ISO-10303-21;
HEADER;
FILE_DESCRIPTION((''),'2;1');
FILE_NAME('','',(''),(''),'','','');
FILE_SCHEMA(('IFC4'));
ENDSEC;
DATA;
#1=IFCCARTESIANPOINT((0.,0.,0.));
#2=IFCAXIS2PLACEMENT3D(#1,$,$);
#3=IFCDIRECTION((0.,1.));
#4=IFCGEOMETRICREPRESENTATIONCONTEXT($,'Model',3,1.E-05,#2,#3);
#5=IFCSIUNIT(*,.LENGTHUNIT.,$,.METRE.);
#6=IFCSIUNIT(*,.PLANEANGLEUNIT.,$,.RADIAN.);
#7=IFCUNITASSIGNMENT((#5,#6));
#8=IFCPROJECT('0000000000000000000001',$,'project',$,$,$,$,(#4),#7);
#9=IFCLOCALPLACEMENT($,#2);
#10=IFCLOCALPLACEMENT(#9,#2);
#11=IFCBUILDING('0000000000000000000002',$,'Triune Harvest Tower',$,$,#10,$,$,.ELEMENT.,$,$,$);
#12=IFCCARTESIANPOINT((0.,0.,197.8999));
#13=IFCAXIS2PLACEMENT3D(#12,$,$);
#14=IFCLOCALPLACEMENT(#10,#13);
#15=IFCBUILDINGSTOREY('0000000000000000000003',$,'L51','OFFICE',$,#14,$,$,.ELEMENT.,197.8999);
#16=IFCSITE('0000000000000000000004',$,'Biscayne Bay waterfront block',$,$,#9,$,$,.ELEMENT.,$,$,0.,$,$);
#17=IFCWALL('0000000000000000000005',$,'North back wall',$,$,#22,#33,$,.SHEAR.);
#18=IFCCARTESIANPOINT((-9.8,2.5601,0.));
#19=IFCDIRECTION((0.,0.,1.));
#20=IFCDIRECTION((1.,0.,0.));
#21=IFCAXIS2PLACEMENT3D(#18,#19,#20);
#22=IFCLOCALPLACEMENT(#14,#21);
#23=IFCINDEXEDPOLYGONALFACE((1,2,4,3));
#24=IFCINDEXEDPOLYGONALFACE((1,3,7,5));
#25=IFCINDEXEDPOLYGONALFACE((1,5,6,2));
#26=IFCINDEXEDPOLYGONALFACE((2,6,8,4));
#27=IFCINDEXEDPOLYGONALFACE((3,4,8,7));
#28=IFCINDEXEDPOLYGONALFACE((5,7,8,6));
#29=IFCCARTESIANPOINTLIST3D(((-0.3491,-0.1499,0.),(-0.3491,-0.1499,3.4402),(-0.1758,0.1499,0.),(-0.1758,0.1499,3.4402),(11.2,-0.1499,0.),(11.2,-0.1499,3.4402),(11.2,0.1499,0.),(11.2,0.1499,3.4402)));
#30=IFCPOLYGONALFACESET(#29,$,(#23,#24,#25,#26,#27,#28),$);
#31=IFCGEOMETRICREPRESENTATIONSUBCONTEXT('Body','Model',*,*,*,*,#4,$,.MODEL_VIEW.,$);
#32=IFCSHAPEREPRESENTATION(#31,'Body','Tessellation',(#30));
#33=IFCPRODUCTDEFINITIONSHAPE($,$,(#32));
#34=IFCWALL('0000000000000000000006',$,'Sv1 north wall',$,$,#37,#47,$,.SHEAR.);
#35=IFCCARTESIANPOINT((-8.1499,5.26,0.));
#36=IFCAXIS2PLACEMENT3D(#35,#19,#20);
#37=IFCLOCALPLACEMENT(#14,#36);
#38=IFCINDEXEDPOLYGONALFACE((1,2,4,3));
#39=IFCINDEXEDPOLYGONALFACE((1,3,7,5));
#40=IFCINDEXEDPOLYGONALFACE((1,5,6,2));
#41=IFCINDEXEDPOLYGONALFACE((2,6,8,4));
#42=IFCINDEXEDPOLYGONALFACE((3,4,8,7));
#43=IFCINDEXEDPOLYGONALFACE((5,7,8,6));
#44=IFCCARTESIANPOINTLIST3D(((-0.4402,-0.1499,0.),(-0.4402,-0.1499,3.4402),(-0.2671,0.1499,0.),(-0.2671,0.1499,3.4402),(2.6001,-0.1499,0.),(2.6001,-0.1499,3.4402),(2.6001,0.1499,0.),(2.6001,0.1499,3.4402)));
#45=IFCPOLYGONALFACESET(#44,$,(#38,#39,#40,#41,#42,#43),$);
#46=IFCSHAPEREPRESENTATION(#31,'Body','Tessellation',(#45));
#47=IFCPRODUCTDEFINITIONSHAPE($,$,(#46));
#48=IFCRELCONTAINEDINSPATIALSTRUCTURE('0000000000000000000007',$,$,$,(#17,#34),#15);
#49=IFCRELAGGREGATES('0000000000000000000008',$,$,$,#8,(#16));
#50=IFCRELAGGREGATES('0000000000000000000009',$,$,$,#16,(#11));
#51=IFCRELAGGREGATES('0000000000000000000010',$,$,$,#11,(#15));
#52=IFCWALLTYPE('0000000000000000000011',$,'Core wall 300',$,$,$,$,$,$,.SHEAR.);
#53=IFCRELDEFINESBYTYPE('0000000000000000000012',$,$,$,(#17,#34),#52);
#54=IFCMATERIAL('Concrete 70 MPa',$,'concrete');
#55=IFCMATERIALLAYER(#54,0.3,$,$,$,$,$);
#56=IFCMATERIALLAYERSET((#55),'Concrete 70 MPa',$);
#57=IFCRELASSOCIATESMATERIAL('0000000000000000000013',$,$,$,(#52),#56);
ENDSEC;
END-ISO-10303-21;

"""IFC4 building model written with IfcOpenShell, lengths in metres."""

from ifc_helpers import new_model, si_unit, direction, frame, origin, place, context, subcontext, project, spatial, polyline, outline, extrude, source, transform, mapped, material, layer, layer_set, type_object, element, save


model = new_model("IFC4")

# Units and contexts
model_context = context("Model", 3, precision=1e-05, world=origin(), true_north=direction((0.0, 1.0)))
body_context = subcontext(model_context, "Body", "Model", "MODEL_VIEW")
ifc_project = project(units=[si_unit("LENGTHUNIT", "METRE"), si_unit("PLANEANGLEUNIT", "RADIAN")], contexts=[model_context])

# Site, building, storey
site_placement = place(None, origin())
site = spatial("IfcSite", under=ifc_project, at=site_placement, Name="Biscayne Bay waterfront block", CompositionType="ELEMENT", RefElevation=0.0)
building_placement = place(site_placement, origin())
building = spatial("IfcBuilding", under=site, at=building_placement, Name="Triune Harvest Tower", CompositionType="ELEMENT")
storey_placement = place(building_placement, frame((0.0, 0.0, 197.8999)))
storey = spatial("IfcBuildingStorey", under=building, at=storey_placement, Name="L51", Description="OFFICE", CompositionType="ELEMENT", Elevation=197.8999)

# Shared definitions
ifc_material_1 = material(Name="Concrete 70 MPa", Category="concrete")
ifc_layer_1 = layer(ifc_material_1, 0.3)
ifc_layer_set_1 = layer_set([ifc_layer_1], Name="Concrete 70 MPa")
wall_type_1 = type_object("IfcWallType", Name="Core wall 300", PredefinedType="SHEAR", material=ifc_layer_set_1)

# Walls
shared_shape_1 = source(origin(), body_context, "Body", "SweptSolid", [
    extrude(outline(polyline([(11.2, -0.1499), (-0.3491, -0.1499), (-0.1758, 0.1499), (11.2, 0.1499), (11.2, -0.1499)])), origin(), (0.0, 0.0, 1.0), 3.4402),
])
wall_1_placement = place(storey_placement, frame((-9.8, 2.5601, 0.0), z_axis=(0.0, 0.0, 1.0), x_axis=(1.0, 0.0, 0.0)))
element("IfcWall", 1, at=wall_1_placement, inside=storey, type_object=wall_type_1, Name="North back wall", PredefinedType="SHEAR", context=body_context, shape_type="MappedRepresentation", body=[
    mapped(shared_shape_1, transform((0.0, 0.0, 0.0), scale=1.0)),
])
shared_shape_2 = source(origin(), body_context, "Body", "SweptSolid", [
    extrude(outline(polyline([(2.6001, -0.1499), (-0.4402, -0.1499), (-0.2671, 0.1499), (2.6001, 0.1499), (2.6001, -0.1499)])), origin(), (0.0, 0.0, 1.0), 3.4402),
])
wall_2_placement = place(storey_placement, frame((-8.1499, 5.26, 0.0), z_axis=(0.0, 0.0, 1.0), x_axis=(1.0, 0.0, 0.0)))
element("IfcWall", 2, at=wall_2_placement, inside=storey, type_object=wall_type_1, Name="Sv1 north wall", PredefinedType="SHEAR", context=body_context, shape_type="MappedRepresentation", body=[
    mapped(shared_shape_2, transform((0.0, 0.0, 0.0), scale=1.0)),
])

save(model, "model.ifc")
